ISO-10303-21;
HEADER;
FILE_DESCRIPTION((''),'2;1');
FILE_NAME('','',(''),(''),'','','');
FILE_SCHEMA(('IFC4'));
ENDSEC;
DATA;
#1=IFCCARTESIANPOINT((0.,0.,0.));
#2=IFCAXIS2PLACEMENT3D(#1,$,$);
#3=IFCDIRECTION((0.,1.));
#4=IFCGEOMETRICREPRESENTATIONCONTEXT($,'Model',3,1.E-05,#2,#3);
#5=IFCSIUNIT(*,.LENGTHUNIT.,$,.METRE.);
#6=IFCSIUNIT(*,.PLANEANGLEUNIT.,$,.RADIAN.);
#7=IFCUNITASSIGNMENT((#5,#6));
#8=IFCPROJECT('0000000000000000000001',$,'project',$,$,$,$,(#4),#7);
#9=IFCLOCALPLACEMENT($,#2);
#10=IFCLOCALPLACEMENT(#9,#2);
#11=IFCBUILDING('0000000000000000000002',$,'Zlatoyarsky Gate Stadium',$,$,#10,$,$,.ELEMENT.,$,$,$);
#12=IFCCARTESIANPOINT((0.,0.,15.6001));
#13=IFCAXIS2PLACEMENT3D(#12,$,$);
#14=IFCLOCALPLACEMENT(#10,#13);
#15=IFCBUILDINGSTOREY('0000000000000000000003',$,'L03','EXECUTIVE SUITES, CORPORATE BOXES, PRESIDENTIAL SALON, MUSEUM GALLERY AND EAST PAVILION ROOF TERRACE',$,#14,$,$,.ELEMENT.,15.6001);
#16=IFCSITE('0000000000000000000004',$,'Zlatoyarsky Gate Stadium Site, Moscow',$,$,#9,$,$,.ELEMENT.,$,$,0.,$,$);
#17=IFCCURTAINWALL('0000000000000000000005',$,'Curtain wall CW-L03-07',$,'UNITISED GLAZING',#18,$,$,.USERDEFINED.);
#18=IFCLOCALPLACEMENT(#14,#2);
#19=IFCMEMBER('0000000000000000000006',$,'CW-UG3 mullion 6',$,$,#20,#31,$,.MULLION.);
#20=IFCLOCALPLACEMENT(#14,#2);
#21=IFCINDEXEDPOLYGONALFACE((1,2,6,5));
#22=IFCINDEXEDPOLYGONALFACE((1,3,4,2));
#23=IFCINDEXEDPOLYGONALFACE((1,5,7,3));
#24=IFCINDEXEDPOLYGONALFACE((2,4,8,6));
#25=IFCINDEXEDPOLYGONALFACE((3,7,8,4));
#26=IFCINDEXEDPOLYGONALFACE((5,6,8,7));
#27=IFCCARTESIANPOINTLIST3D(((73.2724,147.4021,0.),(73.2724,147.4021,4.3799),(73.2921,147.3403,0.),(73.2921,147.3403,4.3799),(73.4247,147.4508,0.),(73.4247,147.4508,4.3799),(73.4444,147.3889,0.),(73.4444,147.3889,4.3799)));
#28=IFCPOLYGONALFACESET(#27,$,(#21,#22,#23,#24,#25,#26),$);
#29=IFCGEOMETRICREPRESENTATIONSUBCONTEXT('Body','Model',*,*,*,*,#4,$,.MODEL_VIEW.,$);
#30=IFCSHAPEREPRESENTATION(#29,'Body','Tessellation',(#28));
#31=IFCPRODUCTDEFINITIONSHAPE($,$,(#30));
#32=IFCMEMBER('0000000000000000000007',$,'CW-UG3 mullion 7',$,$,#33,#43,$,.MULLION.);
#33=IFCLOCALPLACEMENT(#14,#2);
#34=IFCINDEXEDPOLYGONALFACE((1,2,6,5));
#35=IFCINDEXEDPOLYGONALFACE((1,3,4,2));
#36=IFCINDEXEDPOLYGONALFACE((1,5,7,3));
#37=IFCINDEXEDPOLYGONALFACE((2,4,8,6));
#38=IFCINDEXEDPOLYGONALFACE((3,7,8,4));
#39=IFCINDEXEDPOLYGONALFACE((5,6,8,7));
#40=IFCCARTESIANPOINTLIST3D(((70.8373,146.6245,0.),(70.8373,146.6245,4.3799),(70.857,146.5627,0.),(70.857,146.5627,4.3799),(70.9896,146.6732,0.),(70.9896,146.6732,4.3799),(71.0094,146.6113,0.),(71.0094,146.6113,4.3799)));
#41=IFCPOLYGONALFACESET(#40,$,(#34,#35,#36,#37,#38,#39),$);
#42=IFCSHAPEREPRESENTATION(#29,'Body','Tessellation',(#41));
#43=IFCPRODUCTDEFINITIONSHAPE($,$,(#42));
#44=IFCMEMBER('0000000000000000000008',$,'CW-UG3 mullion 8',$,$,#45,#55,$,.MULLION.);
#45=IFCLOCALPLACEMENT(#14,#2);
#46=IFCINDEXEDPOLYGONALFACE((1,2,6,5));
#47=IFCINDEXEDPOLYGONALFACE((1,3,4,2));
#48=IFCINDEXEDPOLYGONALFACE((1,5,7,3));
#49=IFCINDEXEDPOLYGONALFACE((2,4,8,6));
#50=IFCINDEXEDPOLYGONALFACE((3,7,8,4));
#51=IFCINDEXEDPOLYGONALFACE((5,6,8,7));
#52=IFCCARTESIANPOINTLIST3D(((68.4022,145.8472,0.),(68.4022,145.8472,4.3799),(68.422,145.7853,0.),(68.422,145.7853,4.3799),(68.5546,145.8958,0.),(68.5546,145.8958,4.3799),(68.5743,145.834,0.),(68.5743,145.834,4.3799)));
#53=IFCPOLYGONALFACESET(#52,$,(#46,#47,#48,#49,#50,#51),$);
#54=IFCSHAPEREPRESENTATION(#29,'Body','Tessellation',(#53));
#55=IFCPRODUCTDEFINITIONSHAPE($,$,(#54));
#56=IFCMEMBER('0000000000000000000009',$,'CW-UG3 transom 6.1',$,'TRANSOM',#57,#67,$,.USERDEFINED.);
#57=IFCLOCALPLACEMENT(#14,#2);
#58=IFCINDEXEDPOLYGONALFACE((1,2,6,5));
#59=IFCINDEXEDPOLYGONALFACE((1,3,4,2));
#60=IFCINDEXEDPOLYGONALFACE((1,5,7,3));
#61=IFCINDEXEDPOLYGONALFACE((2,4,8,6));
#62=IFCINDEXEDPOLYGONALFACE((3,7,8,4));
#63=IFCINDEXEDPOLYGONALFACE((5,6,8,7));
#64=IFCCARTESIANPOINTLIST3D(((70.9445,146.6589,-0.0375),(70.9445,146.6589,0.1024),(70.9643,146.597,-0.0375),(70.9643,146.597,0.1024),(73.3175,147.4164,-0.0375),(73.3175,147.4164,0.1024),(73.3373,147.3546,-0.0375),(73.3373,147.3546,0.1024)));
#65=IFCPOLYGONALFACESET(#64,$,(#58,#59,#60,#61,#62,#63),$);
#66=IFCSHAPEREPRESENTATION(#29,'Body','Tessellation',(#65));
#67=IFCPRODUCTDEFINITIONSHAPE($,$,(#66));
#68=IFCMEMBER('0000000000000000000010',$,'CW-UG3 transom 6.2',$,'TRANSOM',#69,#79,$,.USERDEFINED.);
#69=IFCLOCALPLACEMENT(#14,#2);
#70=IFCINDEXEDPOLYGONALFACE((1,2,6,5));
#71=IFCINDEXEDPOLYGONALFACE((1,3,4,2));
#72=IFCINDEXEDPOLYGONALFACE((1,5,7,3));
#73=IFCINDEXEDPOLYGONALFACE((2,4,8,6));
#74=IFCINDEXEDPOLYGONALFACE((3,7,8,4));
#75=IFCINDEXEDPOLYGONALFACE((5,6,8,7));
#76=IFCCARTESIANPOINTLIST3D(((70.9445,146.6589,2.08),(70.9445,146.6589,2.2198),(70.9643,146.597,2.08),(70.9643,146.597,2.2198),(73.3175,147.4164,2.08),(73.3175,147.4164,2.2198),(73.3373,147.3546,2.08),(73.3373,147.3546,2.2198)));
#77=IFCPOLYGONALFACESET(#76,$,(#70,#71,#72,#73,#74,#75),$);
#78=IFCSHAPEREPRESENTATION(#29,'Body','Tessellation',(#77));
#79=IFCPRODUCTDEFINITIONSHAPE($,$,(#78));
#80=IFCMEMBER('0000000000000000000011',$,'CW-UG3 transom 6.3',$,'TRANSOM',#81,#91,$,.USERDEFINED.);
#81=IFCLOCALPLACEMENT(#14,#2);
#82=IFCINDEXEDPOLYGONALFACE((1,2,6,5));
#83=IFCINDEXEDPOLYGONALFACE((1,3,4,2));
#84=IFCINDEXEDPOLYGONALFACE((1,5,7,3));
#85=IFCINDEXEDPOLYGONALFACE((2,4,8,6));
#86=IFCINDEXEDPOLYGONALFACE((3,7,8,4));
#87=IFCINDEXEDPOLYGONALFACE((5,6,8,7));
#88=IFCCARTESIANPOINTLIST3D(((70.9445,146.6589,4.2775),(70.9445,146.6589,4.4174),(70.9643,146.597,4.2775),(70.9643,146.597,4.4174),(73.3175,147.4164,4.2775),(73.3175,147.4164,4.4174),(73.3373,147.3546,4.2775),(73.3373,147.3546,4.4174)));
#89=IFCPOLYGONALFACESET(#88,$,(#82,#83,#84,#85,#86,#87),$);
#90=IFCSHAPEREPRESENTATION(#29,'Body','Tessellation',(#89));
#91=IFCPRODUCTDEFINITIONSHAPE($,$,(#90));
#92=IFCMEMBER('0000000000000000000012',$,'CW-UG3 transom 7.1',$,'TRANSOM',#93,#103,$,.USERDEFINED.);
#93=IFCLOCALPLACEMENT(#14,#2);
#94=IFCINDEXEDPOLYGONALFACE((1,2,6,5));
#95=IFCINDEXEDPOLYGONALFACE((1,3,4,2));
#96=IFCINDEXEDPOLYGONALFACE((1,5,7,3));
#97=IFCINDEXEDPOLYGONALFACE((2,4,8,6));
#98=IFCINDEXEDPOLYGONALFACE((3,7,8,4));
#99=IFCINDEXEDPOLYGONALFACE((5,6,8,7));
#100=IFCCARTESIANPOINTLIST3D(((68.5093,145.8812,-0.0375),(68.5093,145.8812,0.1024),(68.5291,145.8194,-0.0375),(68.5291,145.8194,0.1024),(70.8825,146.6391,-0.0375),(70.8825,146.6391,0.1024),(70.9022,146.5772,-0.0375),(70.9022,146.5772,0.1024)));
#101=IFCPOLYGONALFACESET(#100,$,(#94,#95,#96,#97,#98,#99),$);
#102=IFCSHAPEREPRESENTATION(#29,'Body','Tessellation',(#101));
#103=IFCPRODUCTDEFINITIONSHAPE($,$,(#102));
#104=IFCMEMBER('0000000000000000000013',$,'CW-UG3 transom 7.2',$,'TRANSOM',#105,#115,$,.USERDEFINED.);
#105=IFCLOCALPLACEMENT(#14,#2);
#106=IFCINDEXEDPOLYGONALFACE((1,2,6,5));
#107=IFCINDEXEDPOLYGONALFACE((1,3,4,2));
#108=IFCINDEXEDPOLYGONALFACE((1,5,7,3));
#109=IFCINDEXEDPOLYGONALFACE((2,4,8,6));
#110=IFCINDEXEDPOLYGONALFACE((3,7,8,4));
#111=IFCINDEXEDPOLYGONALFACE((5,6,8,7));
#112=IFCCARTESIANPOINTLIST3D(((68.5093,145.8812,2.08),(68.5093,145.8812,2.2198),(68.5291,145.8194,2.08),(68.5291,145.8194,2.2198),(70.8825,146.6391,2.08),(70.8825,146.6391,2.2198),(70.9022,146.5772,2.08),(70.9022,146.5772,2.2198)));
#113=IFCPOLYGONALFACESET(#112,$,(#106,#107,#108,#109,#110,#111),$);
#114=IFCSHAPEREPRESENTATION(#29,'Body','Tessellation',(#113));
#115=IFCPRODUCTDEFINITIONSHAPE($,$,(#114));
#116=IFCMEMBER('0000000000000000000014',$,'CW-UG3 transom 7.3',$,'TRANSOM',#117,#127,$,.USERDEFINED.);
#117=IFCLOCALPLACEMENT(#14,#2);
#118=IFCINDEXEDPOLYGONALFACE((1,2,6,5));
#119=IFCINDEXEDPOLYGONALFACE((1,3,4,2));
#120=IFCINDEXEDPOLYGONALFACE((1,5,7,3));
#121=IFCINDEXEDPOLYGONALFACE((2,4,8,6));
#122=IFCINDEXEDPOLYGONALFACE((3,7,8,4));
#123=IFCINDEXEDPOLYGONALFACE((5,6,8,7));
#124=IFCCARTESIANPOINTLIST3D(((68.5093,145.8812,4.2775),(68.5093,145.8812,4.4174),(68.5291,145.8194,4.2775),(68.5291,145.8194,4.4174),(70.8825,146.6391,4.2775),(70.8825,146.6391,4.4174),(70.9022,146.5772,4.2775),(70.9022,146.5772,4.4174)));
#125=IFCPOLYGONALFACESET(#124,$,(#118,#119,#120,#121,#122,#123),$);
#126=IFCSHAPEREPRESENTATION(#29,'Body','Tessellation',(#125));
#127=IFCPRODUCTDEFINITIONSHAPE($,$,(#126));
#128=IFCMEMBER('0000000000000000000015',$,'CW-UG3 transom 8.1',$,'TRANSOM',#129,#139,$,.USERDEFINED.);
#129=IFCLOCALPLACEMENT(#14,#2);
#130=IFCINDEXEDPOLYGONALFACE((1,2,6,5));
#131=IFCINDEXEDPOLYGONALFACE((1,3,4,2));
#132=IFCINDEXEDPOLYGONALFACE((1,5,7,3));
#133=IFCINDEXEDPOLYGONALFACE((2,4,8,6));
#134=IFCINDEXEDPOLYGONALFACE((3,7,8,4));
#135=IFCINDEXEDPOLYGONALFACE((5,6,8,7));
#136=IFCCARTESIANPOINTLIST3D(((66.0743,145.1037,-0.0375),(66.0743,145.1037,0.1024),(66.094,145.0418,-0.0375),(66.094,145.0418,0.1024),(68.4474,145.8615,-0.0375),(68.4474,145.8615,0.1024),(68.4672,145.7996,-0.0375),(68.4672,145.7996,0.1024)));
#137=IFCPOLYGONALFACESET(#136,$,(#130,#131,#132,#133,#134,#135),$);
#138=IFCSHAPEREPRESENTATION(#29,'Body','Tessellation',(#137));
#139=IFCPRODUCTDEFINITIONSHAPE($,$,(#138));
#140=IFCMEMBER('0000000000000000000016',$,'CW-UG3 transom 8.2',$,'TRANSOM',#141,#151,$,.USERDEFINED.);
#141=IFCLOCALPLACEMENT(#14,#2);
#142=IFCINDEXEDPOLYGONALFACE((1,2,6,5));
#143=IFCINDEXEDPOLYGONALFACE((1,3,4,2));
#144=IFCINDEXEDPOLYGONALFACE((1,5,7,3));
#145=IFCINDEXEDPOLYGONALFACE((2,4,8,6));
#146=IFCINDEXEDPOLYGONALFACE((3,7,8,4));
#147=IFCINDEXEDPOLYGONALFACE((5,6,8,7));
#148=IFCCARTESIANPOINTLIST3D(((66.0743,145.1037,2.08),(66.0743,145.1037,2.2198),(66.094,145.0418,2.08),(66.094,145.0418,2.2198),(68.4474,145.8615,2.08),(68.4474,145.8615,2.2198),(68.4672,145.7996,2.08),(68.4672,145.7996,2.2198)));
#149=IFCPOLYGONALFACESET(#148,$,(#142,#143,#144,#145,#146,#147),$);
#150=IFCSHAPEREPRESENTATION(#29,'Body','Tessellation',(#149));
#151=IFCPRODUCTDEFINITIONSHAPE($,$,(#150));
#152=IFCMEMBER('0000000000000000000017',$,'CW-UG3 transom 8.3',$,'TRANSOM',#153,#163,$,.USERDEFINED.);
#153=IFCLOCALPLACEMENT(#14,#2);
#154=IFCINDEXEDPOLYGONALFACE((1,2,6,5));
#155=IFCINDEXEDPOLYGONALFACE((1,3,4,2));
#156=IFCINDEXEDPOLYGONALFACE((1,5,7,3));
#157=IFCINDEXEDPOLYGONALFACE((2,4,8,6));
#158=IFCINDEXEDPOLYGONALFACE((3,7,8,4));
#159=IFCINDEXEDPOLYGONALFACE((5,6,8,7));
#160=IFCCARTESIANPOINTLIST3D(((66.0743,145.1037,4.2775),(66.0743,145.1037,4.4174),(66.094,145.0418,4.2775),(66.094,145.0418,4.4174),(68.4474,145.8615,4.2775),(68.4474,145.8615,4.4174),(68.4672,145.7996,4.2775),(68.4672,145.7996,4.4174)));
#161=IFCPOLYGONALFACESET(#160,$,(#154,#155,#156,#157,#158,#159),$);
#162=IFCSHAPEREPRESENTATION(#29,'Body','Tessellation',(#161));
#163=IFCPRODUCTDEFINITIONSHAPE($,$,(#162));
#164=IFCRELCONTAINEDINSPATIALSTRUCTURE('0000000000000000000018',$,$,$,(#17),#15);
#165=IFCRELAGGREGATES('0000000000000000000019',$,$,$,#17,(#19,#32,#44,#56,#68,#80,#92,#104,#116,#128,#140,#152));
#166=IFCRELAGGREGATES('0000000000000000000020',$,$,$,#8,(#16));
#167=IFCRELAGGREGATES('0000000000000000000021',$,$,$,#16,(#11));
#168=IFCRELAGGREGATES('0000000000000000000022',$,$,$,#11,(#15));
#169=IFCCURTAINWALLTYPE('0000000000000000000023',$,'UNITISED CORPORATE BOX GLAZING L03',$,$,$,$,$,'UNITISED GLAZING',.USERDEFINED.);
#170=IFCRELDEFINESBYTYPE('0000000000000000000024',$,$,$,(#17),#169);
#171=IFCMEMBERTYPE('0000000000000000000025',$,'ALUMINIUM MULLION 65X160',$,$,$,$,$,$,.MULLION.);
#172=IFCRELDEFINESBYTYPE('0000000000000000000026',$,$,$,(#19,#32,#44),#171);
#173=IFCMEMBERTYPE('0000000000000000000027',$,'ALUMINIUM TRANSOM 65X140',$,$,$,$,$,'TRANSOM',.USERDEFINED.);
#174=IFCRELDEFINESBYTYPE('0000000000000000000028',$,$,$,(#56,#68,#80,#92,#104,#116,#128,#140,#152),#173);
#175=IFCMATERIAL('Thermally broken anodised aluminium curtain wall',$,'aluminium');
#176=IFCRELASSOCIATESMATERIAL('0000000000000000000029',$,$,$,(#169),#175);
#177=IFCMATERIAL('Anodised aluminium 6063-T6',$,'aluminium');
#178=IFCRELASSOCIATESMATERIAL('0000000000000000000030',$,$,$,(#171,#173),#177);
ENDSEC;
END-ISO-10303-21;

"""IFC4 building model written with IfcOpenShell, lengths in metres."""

from ifc_helpers import new_model, si_unit, direction, frame, origin, origin_2d, place, context, subcontext, project, spatial, rectangle, extrude, material, material_profile, profile_set, type_object, element, aggregate, save


model = new_model("IFC4")

# Units and contexts
model_context = context("Model", 3, precision=1e-05, world=origin(), true_north=direction((0.0, 1.0)))
body_context = subcontext(model_context, "Body", "Model", "MODEL_VIEW")
ifc_project = project(units=[si_unit("LENGTHUNIT", "METRE"), si_unit("PLANEANGLEUNIT", "RADIAN")], contexts=[model_context])

# Site, building, storey
site_placement = place(None, origin())
site = spatial("IfcSite", under=ifc_project, at=site_placement, Name="Zlatoyarsky Gate Stadium Site, Moscow", CompositionType="ELEMENT", RefElevation=0.0)
building_placement = place(site_placement, origin())
building = spatial("IfcBuilding", under=site, at=building_placement, Name="Zlatoyarsky Gate Stadium", CompositionType="ELEMENT")
storey_placement = place(building_placement, frame((0.0, 0.0, 15.6001)))
storey = spatial("IfcBuildingStorey", under=building, at=storey_placement, Name="L03", Description="EXECUTIVE SUITES, CORPORATE BOXES, PRESIDENTIAL SALON, MUSEUM GALLERY AND EAST PAVILION ROOF TERRACE", CompositionType="ELEMENT", Elevation=15.6001)

# Curtain wall, members
ifc_material_1 = material(Name="Thermally broken anodised aluminium curtain wall", Category="aluminium")
curtain_wall_type = type_object("IfcCurtainWallType", Name="UNITISED CORPORATE BOX GLAZING L03", ElementType="UNITISED GLAZING", PredefinedType="USERDEFINED", material=ifc_material_1)
curtain_wall_placement = place(storey_placement, origin())
curtain_wall = element("IfcCurtainWall", 1, at=curtain_wall_placement, inside=storey, type_object=curtain_wall_type, Name="Curtain wall CW-L03-07", ObjectType="UNITISED GLAZING", PredefinedType="USERDEFINED")
ifc_material_2 = material(Name="Anodised aluminium 6063-T6", Category="aluminium")
ifc_material_profile_1 = material_profile(ifc_material_2, rectangle(XDim=0.0649, YDim=0.1599, at=origin_2d()), Name="ALU 65X160")
ifc_profile_set_1 = profile_set([ifc_material_profile_1], Name="Anodised aluminium 6063-T6")
member_type_1 = type_object("IfcMemberType", Name="ALUMINIUM MULLION 65X160", PredefinedType="MULLION", material=ifc_profile_set_1)
member_1_placement = place(storey_placement, frame((73.3584, 147.3955, 0.0), z_axis=(0.0, 0.0, 1.0), x_axis=(0.304162, -0.95262, 0.0)))
member_1 = element("IfcMember", 2, at=member_1_placement, type_object=member_type_1, Name="CW-UG3 mullion 6", PredefinedType="MULLION", context=body_context, shape_type="SweptSolid", body=[
    extrude(rectangle(XDim=0.0649, YDim=0.1599, at=origin_2d()), origin(), (0.0, 0.0, 1.0), 4.3799),
])
member_2_placement = place(storey_placement, frame((70.9233, 146.6179, 0.0), z_axis=(0.0, 0.0, 1.0), x_axis=(0.304162, -0.95262, 0.0)))
member_2 = element("IfcMember", 3, at=member_2_placement, type_object=member_type_1, Name="CW-UG3 mullion 7", PredefinedType="MULLION", context=body_context, shape_type="SweptSolid", body=[
    extrude(rectangle(XDim=0.0649, YDim=0.1599, at=origin_2d()), origin(), (0.0, 0.0, 1.0), 4.3799),
])
member_3_placement = place(storey_placement, frame((68.4883, 145.8406, 0.0), z_axis=(0.0, 0.0, 1.0), x_axis=(0.304162, -0.95262, 0.0)))
member_3 = element("IfcMember", 4, at=member_3_placement, type_object=member_type_1, Name="CW-UG3 mullion 8", PredefinedType="MULLION", context=body_context, shape_type="SweptSolid", body=[
    extrude(rectangle(XDim=0.0649, YDim=0.1599, at=origin_2d()), origin(), (0.0, 0.0, 1.0), 4.3799),
])
ifc_material_profile_2 = material_profile(ifc_material_2, rectangle(XDim=0.0649, YDim=0.1399, at=origin_2d()), Name="ALU 65X140")
ifc_profile_set_2 = profile_set([ifc_material_profile_2], Name="Anodised aluminium 6063-T6")
member_type_2 = type_object("IfcMemberType", Name="ALUMINIUM TRANSOM 65X140", ElementType="TRANSOM", PredefinedType="USERDEFINED", material=ifc_profile_set_2)
member_4_placement = place(storey_placement, frame((73.3274, 147.3855, 0.0325), z_axis=(-0.952634, -0.304118, 0.0), x_axis=(0.304118, -0.952634, 0.0)))
member_4 = element("IfcMember", 5, at=member_4_placement, type_object=member_type_2, Name="CW-UG3 transom 6.1", ObjectType="TRANSOM", PredefinedType="USERDEFINED", context=body_context, shape_type="SweptSolid", body=[
    extrude(rectangle(XDim=0.0649, YDim=0.1399, at=origin_2d()), origin(), (0.0, 0.0, 1.0), 2.491),
])
member_5_placement = place(storey_placement, frame((73.3274, 147.3855, 2.1499), z_axis=(-0.952634, -0.304118, 0.0), x_axis=(0.304118, -0.952634, 0.0)))
member_5 = element("IfcMember", 6, at=member_5_placement, type_object=member_type_2, Name="CW-UG3 transom 6.2", ObjectType="TRANSOM", PredefinedType="USERDEFINED", context=body_context, shape_type="SweptSolid", body=[
    extrude(rectangle(XDim=0.0649, YDim=0.1399, at=origin_2d()), origin(), (0.0, 0.0, 1.0), 2.491),
])
member_6_placement = place(storey_placement, frame((73.3274, 147.3855, 4.3474), z_axis=(-0.952634, -0.304118, 0.0), x_axis=(0.304118, -0.952634, 0.0)))
member_6 = element("IfcMember", 7, at=member_6_placement, type_object=member_type_2, Name="CW-UG3 transom 6.3", ObjectType="TRANSOM", PredefinedType="USERDEFINED", context=body_context, shape_type="SweptSolid", body=[
    extrude(rectangle(XDim=0.0649, YDim=0.1399, at=origin_2d()), origin(), (0.0, 0.0, 1.0), 2.491),
])
member_7_placement = place(storey_placement, frame((70.8923, 146.6082, 0.0325), z_axis=(-0.952606, -0.304207, 0.0), x_axis=(0.304207, -0.952606, 0.0)))
member_7 = element("IfcMember", 8, at=member_7_placement, type_object=member_type_2, Name="CW-UG3 transom 7.1", ObjectType="TRANSOM", PredefinedType="USERDEFINED", context=body_context, shape_type="SweptSolid", body=[
    extrude(rectangle(XDim=0.0649, YDim=0.1399, at=origin_2d()), origin(), (0.0, 0.0, 1.0), 2.4912),
])
member_8_placement = place(storey_placement, frame((70.8923, 146.6082, 2.1499), z_axis=(-0.952606, -0.304207, 0.0), x_axis=(0.304207, -0.952606, 0.0)))
member_8 = element("IfcMember", 9, at=member_8_placement, type_object=member_type_2, Name="CW-UG3 transom 7.2", ObjectType="TRANSOM", PredefinedType="USERDEFINED", context=body_context, shape_type="SweptSolid", body=[
    extrude(rectangle(XDim=0.0649, YDim=0.1399, at=origin_2d()), origin(), (0.0, 0.0, 1.0), 2.4912),
])
member_9_placement = place(storey_placement, frame((70.8923, 146.6082, 4.3474), z_axis=(-0.952606, -0.304207, 0.0), x_axis=(0.304207, -0.952606, 0.0)))
member_9 = element("IfcMember", 10, at=member_9_placement, type_object=member_type_2, Name="CW-UG3 transom 7.3", ObjectType="TRANSOM", PredefinedType="USERDEFINED", context=body_context, shape_type="SweptSolid", body=[
    extrude(rectangle(XDim=0.0649, YDim=0.1399, at=origin_2d()), origin(), (0.0, 0.0, 1.0), 2.4912),
])
member_10_placement = place(storey_placement, frame((68.4573, 145.8306, 0.0325), z_axis=(-0.952606, -0.304207, 0.0), x_axis=(0.304207, -0.952606, 0.0)))
member_10 = element("IfcMember", 11, at=member_10_placement, type_object=member_type_2, Name="CW-UG3 transom 8.1", ObjectType="TRANSOM", PredefinedType="USERDEFINED", context=body_context, shape_type="SweptSolid", body=[
    extrude(rectangle(XDim=0.0649, YDim=0.1399, at=origin_2d()), origin(), (0.0, 0.0, 1.0), 2.4912),
])
member_11_placement = place(storey_placement, frame((68.4573, 145.8306, 2.1499), z_axis=(-0.952606, -0.304207, 0.0), x_axis=(0.304207, -0.952606, 0.0)))
member_11 = element("IfcMember", 12, at=member_11_placement, type_object=member_type_2, Name="CW-UG3 transom 8.2", ObjectType="TRANSOM", PredefinedType="USERDEFINED", context=body_context, shape_type="SweptSolid", body=[
    extrude(rectangle(XDim=0.0649, YDim=0.1399, at=origin_2d()), origin(), (0.0, 0.0, 1.0), 2.4912),
])
member_12_placement = place(storey_placement, frame((68.4573, 145.8306, 4.3474), z_axis=(-0.952606, -0.304207, 0.0), x_axis=(0.304207, -0.952606, 0.0)))
member_12 = element("IfcMember", 13, at=member_12_placement, type_object=member_type_2, Name="CW-UG3 transom 8.3", ObjectType="TRANSOM", PredefinedType="USERDEFINED", context=body_context, shape_type="SweptSolid", body=[
    extrude(rectangle(XDim=0.0649, YDim=0.1399, at=origin_2d()), origin(), (0.0, 0.0, 1.0), 2.4912),
])

aggregate(curtain_wall, [member_1, member_2, member_3, member_4, member_5, member_6, member_7, member_8, member_9, member_10, member_11, member_12])

save(model, "model.ifc")
